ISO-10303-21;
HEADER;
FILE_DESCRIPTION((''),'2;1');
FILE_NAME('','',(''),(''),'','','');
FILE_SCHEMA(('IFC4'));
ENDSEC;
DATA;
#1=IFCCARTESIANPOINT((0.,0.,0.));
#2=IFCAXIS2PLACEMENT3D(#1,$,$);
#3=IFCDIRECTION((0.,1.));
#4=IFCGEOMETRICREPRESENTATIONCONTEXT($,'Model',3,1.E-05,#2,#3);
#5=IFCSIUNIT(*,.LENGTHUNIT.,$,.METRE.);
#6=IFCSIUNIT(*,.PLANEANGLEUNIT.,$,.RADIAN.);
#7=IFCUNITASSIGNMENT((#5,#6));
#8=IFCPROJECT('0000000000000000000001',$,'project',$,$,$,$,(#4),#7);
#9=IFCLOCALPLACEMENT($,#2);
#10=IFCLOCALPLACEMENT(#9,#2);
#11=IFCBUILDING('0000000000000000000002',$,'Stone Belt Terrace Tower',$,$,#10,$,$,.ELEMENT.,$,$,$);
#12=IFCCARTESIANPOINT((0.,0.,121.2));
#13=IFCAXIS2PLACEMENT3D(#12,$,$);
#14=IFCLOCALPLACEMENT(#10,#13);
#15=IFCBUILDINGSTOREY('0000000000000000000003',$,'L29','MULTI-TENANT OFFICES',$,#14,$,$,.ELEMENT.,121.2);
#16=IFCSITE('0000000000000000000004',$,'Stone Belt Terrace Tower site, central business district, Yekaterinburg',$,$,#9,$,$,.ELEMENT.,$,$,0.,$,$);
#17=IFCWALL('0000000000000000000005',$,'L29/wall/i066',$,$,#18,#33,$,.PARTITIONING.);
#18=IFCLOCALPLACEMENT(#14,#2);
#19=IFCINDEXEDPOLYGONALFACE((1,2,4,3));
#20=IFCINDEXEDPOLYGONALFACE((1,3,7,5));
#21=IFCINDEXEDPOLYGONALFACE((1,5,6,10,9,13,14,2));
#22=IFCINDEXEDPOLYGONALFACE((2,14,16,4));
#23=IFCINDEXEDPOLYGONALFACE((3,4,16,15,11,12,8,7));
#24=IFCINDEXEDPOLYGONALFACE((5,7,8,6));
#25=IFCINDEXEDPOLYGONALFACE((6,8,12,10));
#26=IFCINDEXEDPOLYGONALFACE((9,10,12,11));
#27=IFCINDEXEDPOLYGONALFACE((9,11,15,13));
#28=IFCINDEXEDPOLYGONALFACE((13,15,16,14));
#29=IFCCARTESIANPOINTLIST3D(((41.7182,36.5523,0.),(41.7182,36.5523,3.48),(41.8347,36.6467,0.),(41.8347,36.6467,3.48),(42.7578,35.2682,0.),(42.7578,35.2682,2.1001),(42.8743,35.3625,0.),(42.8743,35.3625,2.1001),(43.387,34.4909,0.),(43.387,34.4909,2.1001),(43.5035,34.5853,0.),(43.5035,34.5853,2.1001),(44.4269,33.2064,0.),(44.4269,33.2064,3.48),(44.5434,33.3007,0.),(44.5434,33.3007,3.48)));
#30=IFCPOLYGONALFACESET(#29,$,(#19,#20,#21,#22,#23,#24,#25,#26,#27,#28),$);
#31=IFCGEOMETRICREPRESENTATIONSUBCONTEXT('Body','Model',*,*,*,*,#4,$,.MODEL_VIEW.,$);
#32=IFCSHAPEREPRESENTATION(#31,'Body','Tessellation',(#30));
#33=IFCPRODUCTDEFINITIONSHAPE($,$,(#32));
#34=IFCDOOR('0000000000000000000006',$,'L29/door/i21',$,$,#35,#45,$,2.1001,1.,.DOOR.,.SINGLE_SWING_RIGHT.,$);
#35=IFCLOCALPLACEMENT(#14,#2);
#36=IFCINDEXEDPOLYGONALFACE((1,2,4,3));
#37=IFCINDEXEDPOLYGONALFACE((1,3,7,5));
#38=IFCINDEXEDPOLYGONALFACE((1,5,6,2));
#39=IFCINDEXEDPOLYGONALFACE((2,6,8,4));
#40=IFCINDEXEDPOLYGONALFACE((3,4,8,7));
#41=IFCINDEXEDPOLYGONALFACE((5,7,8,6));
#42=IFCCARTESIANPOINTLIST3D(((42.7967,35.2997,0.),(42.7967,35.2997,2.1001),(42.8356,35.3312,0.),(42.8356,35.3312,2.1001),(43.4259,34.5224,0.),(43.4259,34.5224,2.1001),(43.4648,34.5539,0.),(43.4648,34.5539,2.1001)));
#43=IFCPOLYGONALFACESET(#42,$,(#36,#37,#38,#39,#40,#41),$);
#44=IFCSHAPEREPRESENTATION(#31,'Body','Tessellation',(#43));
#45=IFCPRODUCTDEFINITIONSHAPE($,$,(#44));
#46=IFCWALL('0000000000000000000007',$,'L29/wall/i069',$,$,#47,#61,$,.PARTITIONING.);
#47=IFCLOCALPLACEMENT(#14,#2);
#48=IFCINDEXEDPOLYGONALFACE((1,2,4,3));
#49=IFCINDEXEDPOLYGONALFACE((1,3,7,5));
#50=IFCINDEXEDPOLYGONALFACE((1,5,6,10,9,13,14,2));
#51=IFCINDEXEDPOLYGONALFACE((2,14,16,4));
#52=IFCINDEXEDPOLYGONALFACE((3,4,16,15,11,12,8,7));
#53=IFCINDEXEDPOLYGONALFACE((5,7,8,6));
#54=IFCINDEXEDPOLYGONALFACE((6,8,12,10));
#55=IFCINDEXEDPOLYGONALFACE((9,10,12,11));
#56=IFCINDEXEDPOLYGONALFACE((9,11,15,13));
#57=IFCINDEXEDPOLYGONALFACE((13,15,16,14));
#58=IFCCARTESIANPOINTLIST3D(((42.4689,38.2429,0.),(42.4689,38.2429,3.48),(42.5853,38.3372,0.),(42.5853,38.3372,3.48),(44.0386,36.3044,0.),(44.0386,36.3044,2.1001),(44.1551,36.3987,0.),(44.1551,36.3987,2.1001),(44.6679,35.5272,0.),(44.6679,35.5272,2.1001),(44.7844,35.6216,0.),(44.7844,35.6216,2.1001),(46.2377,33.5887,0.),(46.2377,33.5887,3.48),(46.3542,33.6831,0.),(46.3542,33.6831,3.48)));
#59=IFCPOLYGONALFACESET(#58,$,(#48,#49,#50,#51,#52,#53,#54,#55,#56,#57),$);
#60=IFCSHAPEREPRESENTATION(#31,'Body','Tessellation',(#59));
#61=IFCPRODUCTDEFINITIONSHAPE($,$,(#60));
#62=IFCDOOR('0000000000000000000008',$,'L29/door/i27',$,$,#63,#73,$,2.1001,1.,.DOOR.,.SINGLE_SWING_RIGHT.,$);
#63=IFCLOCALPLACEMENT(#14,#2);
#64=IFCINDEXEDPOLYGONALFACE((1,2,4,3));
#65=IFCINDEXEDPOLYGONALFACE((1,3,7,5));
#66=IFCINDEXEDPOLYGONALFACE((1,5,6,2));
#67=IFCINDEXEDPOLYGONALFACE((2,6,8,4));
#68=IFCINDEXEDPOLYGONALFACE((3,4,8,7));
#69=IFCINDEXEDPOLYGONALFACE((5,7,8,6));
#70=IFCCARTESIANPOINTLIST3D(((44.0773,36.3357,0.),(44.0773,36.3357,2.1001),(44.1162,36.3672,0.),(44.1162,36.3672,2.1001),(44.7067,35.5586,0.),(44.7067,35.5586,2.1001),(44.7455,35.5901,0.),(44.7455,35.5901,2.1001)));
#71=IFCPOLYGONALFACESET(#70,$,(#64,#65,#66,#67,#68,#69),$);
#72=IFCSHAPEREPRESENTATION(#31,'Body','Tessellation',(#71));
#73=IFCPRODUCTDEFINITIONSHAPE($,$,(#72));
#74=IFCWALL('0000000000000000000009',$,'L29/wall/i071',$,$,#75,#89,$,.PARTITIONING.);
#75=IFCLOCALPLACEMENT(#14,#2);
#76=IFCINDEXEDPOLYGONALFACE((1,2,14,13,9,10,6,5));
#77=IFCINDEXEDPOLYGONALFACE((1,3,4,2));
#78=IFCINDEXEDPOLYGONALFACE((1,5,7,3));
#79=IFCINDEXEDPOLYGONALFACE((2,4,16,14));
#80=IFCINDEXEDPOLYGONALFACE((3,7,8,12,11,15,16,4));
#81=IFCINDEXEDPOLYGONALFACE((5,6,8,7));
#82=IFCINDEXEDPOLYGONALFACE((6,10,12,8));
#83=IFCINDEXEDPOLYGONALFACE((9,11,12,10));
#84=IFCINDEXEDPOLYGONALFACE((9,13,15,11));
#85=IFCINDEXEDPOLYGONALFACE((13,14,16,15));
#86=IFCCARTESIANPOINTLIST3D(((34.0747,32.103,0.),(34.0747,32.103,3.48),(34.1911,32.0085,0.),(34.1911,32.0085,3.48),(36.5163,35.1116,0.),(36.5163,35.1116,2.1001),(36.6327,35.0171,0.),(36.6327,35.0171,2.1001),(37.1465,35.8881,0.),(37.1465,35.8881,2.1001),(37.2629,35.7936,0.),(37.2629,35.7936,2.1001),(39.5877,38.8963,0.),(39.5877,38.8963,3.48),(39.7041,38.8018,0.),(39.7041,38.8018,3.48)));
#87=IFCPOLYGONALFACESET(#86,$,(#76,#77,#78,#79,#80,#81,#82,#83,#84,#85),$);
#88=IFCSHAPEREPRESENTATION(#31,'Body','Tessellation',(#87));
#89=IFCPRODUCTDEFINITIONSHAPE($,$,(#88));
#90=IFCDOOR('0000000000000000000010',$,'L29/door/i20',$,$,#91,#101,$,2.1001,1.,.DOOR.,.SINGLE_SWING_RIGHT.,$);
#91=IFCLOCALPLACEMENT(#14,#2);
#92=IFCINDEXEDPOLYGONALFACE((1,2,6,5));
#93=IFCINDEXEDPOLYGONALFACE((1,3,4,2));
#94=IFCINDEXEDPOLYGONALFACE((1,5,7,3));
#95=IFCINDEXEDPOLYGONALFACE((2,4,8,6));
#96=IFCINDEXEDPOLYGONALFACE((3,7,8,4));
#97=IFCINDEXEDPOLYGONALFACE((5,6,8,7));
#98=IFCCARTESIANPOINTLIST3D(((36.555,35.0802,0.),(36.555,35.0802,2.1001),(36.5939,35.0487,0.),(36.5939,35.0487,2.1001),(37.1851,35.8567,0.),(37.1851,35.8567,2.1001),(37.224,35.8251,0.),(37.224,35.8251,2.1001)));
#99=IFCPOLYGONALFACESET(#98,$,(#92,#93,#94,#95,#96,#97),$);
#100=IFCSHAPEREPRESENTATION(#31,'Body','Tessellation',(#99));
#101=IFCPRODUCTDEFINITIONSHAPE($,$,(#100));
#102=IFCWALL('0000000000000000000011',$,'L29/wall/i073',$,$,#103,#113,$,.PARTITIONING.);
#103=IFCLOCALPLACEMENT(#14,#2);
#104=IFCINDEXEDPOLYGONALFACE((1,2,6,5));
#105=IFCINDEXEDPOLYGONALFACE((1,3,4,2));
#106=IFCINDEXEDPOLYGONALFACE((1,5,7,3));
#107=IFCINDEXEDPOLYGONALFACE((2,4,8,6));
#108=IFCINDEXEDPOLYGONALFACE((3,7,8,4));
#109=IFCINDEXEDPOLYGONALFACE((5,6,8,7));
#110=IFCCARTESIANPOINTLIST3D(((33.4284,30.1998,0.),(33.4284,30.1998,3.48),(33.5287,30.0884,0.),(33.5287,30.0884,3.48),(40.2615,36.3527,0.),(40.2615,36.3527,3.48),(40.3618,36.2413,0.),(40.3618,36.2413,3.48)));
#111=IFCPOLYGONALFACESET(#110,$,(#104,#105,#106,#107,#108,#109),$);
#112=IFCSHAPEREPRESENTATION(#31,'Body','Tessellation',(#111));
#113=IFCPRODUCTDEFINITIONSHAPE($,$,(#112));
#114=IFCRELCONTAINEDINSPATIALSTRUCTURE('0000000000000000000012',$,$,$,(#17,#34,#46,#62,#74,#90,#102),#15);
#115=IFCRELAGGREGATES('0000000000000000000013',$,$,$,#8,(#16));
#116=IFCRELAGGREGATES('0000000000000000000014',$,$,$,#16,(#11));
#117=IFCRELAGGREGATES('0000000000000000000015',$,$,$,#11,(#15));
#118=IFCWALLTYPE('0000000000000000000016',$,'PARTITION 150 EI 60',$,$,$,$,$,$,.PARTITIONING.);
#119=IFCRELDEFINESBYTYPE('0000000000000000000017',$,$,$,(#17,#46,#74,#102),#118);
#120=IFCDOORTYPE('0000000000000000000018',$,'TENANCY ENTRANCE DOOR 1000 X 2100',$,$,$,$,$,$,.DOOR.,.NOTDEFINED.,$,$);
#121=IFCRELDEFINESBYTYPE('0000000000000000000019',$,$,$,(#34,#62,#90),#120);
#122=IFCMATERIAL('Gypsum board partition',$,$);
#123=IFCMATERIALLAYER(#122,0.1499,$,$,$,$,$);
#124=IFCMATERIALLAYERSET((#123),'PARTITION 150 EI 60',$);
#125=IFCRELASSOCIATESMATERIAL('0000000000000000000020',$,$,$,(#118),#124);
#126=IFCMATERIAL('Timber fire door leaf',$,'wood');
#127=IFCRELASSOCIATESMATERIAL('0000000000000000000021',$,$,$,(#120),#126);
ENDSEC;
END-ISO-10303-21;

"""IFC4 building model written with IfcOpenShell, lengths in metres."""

from ifc_helpers import new_model, si_unit, direction, frame, frame_2d, origin, place, context, subcontext, project, spatial, rectangle, extrude, material, layer, layer_set, type_object, element, fill, save


model = new_model("IFC4")

# Units and contexts
model_context = context("Model", 3, precision=1e-05, world=origin(), true_north=direction((0.0, 1.0)))
body_context = subcontext(model_context, "Body", "Model", "MODEL_VIEW")
ifc_project = project(units=[si_unit("LENGTHUNIT", "METRE"), si_unit("PLANEANGLEUNIT", "RADIAN")], contexts=[model_context])

# Site, building, storey
site_placement = place(None, origin())
site = spatial("IfcSite", under=ifc_project, at=site_placement, Name="Stone Belt Terrace Tower site, central business district, Yekaterinburg", CompositionType="ELEMENT", RefElevation=0.0)
building_placement = place(site_placement, origin())
building = spatial("IfcBuilding", under=site, at=building_placement, Name="Stone Belt Terrace Tower", CompositionType="ELEMENT")
storey_placement = place(building_placement, frame((0.0, 0.0, 121.2)))
storey = spatial("IfcBuildingStorey", under=building, at=storey_placement, Name="L29", Description="MULTI-TENANT OFFICES", CompositionType="ELEMENT", Elevation=121.2)

# Shared definitions
ifc_material_1 = material(Name="Gypsum board partition")
ifc_layer_1 = layer(ifc_material_1, 0.1499)
ifc_layer_set_1 = layer_set([ifc_layer_1], Name="PARTITION 150 EI 60")
wall_type = type_object("IfcWallType", Name="PARTITION 150 EI 60", PredefinedType="PARTITIONING", material=ifc_layer_set_1)

# Walls, openings, doors
wall_1_placement = place(storey_placement, frame((44.4851, 33.2537, 0.0), z_axis=(0.0, 0.0, 1.0), x_axis=(-0.629215, 0.777232, 0.0)))
wall_1 = element("IfcWall", 1, at=wall_1_placement, inside=storey, type_object=wall_type, Name="L29/wall/i066", PredefinedType="PARTITIONING", context=body_context, shape_type="SweptSolid", body=[
    extrude(rectangle(XDim=4.3049, YDim=0.1499, at=frame_2d((2.1523, 0.0))), origin(), (0.0, 0.0, 1.0), 3.48),
])
opening_1_placement = place(wall_1_placement, frame((1.6526, 0.0, 0.0)))
opening_1 = element("IfcOpeningElement", 2, at=opening_1_placement, cuts=wall_1, PredefinedType="OPENING", context=body_context, shape_type="SweptSolid", body=[
    extrude(rectangle(XDim=1.0, YDim=2.1001, at=frame_2d((0.5, 1.05))), frame((0.0, 0.085, 0.0), z_axis=(0.0, -1.0, 0.0), x_axis=(1.0, 0.0, 0.0)), (0.0, 0.0, 1.0), 0.1699),
])
ifc_material_2 = material(Name="Timber fire door leaf", Category="wood")
door_type_1 = type_object("IfcDoorType", Name="TENANCY ENTRANCE DOOR 1000 X 2100", OperationType="NOTDEFINED", PredefinedType="DOOR", material=ifc_material_2)
door_1_placement = place(opening_1_placement, origin())
door_1 = element("IfcDoor", 3, at=door_1_placement, inside=storey, type_object=door_type_1, Name="L29/door/i21", OperationType="SINGLE_SWING_RIGHT", OverallHeight=2.1001, OverallWidth=1.0, PredefinedType="DOOR", context=body_context, shape_type="SweptSolid", body=[
    extrude(rectangle(XDim=1.0, YDim=2.1001, at=frame_2d((0.5, 1.05))), frame((0.0, 0.0249, 0.0), z_axis=(0.0, -1.0, 0.0), x_axis=(1.0, 0.0, 0.0)), (0.0, 0.0, 1.0), 0.05),
])
fill(opening_1, door_1)
wall_2_placement = place(storey_placement, frame((42.5271, 38.29, 0.0), z_axis=(0.0, 0.0, 1.0), x_axis=(0.629323, -0.777144, 0.0)))
wall_2 = element("IfcWall", 4, at=wall_2_placement, inside=storey, type_object=wall_type, Name="L29/wall/i069", PredefinedType="PARTITIONING", context=body_context, shape_type="SweptSolid", body=[
    extrude(rectangle(XDim=5.9888, YDim=0.1499, at=frame_2d((2.9944, 0.0))), origin(), (0.0, 0.0, 1.0), 3.48),
])
opening_2_placement = place(wall_2_placement, frame((2.4944, 0.0, 0.0)))
opening_2 = element("IfcOpeningElement", 5, at=opening_2_placement, cuts=wall_2, PredefinedType="OPENING", context=body_context, shape_type="SweptSolid", body=[
    extrude(rectangle(XDim=1.0, YDim=2.1001, at=frame_2d((0.5, 1.05))), frame((0.0, 0.085, 0.0), z_axis=(0.0, -1.0, 0.0), x_axis=(1.0, 0.0, 0.0)), (0.0, 0.0, 1.0), 0.1699),
])
door_2_placement = place(opening_2_placement, origin())
door_2 = element("IfcDoor", 6, at=door_2_placement, inside=storey, type_object=door_type_1, Name="L29/door/i27", OperationType="SINGLE_SWING_RIGHT", OverallHeight=2.1001, OverallWidth=1.0, PredefinedType="DOOR", context=body_context, shape_type="SweptSolid", body=[
    extrude(rectangle(XDim=1.0, YDim=2.1001, at=frame_2d((0.5, 1.05))), frame((0.0, 0.0249, 0.0), z_axis=(0.0, -1.0, 0.0), x_axis=(1.0, 0.0, 0.0)), (0.0, 0.0, 1.0), 0.05),
])
fill(opening_2, door_2)
wall_3_placement = place(storey_placement, frame((39.646, 38.8491, 0.0), z_axis=(0.0, 0.0, 1.0), x_axis=(-0.630142, -0.77648, 0.0)))
wall_3 = element("IfcWall", 7, at=wall_3_placement, inside=storey, type_object=wall_type, Name="L29/wall/i071", PredefinedType="PARTITIONING", context=body_context, shape_type="SweptSolid", body=[
    extrude(rectangle(XDim=8.7488, YDim=0.1499, at=frame_2d((4.3745, 0.0))), origin(), (0.0, 0.0, 1.0), 3.48),
])
opening_3_placement = place(wall_3_placement, frame((3.8743, 0.0, 0.0)))
opening_3 = element("IfcOpeningElement", 8, at=opening_3_placement, cuts=wall_3, PredefinedType="OPENING", context=body_context, shape_type="SweptSolid", body=[
    extrude(rectangle(XDim=1.0, YDim=2.1001, at=frame_2d((0.5, 1.05))), frame((0.0, 0.085, 0.0), z_axis=(0.0, -1.0, 0.0), x_axis=(1.0, 0.0, 0.0)), (0.0, 0.0, 1.0), 0.1699),
])
door_3_placement = place(opening_3_placement, origin())
door_3 = element("IfcDoor", 9, at=door_3_placement, inside=storey, type_object=door_type_1, Name="L29/door/i20", OperationType="SINGLE_SWING_RIGHT", OverallHeight=2.1001, OverallWidth=1.0, PredefinedType="DOOR", context=body_context, shape_type="SweptSolid", body=[
    extrude(rectangle(XDim=1.0, YDim=2.1001, at=frame_2d((0.5, 1.05))), frame((0.0, 0.0249, 0.0), z_axis=(0.0, -1.0, 0.0), x_axis=(1.0, 0.0, 0.0)), (0.0, 0.0, 1.0), 0.05),
])
fill(opening_3, door_3)

# Wall
wall_4_placement = place(storey_placement, frame((40.3118, 36.2971, 0.0), z_axis=(0.0, 0.0, 1.0), x_axis=(-0.743125, -0.669152, 0.0)))
element("IfcWall", 10, at=wall_4_placement, inside=storey, type_object=wall_type, Name="L29/wall/i073", PredefinedType="PARTITIONING", context=body_context, shape_type="SweptSolid", body=[
    extrude(rectangle(XDim=9.1951, YDim=0.1499, at=frame_2d((4.5977, 0.0))), origin(), (0.0, 0.0, 1.0), 3.48),
])

save(model, "model.ifc")
